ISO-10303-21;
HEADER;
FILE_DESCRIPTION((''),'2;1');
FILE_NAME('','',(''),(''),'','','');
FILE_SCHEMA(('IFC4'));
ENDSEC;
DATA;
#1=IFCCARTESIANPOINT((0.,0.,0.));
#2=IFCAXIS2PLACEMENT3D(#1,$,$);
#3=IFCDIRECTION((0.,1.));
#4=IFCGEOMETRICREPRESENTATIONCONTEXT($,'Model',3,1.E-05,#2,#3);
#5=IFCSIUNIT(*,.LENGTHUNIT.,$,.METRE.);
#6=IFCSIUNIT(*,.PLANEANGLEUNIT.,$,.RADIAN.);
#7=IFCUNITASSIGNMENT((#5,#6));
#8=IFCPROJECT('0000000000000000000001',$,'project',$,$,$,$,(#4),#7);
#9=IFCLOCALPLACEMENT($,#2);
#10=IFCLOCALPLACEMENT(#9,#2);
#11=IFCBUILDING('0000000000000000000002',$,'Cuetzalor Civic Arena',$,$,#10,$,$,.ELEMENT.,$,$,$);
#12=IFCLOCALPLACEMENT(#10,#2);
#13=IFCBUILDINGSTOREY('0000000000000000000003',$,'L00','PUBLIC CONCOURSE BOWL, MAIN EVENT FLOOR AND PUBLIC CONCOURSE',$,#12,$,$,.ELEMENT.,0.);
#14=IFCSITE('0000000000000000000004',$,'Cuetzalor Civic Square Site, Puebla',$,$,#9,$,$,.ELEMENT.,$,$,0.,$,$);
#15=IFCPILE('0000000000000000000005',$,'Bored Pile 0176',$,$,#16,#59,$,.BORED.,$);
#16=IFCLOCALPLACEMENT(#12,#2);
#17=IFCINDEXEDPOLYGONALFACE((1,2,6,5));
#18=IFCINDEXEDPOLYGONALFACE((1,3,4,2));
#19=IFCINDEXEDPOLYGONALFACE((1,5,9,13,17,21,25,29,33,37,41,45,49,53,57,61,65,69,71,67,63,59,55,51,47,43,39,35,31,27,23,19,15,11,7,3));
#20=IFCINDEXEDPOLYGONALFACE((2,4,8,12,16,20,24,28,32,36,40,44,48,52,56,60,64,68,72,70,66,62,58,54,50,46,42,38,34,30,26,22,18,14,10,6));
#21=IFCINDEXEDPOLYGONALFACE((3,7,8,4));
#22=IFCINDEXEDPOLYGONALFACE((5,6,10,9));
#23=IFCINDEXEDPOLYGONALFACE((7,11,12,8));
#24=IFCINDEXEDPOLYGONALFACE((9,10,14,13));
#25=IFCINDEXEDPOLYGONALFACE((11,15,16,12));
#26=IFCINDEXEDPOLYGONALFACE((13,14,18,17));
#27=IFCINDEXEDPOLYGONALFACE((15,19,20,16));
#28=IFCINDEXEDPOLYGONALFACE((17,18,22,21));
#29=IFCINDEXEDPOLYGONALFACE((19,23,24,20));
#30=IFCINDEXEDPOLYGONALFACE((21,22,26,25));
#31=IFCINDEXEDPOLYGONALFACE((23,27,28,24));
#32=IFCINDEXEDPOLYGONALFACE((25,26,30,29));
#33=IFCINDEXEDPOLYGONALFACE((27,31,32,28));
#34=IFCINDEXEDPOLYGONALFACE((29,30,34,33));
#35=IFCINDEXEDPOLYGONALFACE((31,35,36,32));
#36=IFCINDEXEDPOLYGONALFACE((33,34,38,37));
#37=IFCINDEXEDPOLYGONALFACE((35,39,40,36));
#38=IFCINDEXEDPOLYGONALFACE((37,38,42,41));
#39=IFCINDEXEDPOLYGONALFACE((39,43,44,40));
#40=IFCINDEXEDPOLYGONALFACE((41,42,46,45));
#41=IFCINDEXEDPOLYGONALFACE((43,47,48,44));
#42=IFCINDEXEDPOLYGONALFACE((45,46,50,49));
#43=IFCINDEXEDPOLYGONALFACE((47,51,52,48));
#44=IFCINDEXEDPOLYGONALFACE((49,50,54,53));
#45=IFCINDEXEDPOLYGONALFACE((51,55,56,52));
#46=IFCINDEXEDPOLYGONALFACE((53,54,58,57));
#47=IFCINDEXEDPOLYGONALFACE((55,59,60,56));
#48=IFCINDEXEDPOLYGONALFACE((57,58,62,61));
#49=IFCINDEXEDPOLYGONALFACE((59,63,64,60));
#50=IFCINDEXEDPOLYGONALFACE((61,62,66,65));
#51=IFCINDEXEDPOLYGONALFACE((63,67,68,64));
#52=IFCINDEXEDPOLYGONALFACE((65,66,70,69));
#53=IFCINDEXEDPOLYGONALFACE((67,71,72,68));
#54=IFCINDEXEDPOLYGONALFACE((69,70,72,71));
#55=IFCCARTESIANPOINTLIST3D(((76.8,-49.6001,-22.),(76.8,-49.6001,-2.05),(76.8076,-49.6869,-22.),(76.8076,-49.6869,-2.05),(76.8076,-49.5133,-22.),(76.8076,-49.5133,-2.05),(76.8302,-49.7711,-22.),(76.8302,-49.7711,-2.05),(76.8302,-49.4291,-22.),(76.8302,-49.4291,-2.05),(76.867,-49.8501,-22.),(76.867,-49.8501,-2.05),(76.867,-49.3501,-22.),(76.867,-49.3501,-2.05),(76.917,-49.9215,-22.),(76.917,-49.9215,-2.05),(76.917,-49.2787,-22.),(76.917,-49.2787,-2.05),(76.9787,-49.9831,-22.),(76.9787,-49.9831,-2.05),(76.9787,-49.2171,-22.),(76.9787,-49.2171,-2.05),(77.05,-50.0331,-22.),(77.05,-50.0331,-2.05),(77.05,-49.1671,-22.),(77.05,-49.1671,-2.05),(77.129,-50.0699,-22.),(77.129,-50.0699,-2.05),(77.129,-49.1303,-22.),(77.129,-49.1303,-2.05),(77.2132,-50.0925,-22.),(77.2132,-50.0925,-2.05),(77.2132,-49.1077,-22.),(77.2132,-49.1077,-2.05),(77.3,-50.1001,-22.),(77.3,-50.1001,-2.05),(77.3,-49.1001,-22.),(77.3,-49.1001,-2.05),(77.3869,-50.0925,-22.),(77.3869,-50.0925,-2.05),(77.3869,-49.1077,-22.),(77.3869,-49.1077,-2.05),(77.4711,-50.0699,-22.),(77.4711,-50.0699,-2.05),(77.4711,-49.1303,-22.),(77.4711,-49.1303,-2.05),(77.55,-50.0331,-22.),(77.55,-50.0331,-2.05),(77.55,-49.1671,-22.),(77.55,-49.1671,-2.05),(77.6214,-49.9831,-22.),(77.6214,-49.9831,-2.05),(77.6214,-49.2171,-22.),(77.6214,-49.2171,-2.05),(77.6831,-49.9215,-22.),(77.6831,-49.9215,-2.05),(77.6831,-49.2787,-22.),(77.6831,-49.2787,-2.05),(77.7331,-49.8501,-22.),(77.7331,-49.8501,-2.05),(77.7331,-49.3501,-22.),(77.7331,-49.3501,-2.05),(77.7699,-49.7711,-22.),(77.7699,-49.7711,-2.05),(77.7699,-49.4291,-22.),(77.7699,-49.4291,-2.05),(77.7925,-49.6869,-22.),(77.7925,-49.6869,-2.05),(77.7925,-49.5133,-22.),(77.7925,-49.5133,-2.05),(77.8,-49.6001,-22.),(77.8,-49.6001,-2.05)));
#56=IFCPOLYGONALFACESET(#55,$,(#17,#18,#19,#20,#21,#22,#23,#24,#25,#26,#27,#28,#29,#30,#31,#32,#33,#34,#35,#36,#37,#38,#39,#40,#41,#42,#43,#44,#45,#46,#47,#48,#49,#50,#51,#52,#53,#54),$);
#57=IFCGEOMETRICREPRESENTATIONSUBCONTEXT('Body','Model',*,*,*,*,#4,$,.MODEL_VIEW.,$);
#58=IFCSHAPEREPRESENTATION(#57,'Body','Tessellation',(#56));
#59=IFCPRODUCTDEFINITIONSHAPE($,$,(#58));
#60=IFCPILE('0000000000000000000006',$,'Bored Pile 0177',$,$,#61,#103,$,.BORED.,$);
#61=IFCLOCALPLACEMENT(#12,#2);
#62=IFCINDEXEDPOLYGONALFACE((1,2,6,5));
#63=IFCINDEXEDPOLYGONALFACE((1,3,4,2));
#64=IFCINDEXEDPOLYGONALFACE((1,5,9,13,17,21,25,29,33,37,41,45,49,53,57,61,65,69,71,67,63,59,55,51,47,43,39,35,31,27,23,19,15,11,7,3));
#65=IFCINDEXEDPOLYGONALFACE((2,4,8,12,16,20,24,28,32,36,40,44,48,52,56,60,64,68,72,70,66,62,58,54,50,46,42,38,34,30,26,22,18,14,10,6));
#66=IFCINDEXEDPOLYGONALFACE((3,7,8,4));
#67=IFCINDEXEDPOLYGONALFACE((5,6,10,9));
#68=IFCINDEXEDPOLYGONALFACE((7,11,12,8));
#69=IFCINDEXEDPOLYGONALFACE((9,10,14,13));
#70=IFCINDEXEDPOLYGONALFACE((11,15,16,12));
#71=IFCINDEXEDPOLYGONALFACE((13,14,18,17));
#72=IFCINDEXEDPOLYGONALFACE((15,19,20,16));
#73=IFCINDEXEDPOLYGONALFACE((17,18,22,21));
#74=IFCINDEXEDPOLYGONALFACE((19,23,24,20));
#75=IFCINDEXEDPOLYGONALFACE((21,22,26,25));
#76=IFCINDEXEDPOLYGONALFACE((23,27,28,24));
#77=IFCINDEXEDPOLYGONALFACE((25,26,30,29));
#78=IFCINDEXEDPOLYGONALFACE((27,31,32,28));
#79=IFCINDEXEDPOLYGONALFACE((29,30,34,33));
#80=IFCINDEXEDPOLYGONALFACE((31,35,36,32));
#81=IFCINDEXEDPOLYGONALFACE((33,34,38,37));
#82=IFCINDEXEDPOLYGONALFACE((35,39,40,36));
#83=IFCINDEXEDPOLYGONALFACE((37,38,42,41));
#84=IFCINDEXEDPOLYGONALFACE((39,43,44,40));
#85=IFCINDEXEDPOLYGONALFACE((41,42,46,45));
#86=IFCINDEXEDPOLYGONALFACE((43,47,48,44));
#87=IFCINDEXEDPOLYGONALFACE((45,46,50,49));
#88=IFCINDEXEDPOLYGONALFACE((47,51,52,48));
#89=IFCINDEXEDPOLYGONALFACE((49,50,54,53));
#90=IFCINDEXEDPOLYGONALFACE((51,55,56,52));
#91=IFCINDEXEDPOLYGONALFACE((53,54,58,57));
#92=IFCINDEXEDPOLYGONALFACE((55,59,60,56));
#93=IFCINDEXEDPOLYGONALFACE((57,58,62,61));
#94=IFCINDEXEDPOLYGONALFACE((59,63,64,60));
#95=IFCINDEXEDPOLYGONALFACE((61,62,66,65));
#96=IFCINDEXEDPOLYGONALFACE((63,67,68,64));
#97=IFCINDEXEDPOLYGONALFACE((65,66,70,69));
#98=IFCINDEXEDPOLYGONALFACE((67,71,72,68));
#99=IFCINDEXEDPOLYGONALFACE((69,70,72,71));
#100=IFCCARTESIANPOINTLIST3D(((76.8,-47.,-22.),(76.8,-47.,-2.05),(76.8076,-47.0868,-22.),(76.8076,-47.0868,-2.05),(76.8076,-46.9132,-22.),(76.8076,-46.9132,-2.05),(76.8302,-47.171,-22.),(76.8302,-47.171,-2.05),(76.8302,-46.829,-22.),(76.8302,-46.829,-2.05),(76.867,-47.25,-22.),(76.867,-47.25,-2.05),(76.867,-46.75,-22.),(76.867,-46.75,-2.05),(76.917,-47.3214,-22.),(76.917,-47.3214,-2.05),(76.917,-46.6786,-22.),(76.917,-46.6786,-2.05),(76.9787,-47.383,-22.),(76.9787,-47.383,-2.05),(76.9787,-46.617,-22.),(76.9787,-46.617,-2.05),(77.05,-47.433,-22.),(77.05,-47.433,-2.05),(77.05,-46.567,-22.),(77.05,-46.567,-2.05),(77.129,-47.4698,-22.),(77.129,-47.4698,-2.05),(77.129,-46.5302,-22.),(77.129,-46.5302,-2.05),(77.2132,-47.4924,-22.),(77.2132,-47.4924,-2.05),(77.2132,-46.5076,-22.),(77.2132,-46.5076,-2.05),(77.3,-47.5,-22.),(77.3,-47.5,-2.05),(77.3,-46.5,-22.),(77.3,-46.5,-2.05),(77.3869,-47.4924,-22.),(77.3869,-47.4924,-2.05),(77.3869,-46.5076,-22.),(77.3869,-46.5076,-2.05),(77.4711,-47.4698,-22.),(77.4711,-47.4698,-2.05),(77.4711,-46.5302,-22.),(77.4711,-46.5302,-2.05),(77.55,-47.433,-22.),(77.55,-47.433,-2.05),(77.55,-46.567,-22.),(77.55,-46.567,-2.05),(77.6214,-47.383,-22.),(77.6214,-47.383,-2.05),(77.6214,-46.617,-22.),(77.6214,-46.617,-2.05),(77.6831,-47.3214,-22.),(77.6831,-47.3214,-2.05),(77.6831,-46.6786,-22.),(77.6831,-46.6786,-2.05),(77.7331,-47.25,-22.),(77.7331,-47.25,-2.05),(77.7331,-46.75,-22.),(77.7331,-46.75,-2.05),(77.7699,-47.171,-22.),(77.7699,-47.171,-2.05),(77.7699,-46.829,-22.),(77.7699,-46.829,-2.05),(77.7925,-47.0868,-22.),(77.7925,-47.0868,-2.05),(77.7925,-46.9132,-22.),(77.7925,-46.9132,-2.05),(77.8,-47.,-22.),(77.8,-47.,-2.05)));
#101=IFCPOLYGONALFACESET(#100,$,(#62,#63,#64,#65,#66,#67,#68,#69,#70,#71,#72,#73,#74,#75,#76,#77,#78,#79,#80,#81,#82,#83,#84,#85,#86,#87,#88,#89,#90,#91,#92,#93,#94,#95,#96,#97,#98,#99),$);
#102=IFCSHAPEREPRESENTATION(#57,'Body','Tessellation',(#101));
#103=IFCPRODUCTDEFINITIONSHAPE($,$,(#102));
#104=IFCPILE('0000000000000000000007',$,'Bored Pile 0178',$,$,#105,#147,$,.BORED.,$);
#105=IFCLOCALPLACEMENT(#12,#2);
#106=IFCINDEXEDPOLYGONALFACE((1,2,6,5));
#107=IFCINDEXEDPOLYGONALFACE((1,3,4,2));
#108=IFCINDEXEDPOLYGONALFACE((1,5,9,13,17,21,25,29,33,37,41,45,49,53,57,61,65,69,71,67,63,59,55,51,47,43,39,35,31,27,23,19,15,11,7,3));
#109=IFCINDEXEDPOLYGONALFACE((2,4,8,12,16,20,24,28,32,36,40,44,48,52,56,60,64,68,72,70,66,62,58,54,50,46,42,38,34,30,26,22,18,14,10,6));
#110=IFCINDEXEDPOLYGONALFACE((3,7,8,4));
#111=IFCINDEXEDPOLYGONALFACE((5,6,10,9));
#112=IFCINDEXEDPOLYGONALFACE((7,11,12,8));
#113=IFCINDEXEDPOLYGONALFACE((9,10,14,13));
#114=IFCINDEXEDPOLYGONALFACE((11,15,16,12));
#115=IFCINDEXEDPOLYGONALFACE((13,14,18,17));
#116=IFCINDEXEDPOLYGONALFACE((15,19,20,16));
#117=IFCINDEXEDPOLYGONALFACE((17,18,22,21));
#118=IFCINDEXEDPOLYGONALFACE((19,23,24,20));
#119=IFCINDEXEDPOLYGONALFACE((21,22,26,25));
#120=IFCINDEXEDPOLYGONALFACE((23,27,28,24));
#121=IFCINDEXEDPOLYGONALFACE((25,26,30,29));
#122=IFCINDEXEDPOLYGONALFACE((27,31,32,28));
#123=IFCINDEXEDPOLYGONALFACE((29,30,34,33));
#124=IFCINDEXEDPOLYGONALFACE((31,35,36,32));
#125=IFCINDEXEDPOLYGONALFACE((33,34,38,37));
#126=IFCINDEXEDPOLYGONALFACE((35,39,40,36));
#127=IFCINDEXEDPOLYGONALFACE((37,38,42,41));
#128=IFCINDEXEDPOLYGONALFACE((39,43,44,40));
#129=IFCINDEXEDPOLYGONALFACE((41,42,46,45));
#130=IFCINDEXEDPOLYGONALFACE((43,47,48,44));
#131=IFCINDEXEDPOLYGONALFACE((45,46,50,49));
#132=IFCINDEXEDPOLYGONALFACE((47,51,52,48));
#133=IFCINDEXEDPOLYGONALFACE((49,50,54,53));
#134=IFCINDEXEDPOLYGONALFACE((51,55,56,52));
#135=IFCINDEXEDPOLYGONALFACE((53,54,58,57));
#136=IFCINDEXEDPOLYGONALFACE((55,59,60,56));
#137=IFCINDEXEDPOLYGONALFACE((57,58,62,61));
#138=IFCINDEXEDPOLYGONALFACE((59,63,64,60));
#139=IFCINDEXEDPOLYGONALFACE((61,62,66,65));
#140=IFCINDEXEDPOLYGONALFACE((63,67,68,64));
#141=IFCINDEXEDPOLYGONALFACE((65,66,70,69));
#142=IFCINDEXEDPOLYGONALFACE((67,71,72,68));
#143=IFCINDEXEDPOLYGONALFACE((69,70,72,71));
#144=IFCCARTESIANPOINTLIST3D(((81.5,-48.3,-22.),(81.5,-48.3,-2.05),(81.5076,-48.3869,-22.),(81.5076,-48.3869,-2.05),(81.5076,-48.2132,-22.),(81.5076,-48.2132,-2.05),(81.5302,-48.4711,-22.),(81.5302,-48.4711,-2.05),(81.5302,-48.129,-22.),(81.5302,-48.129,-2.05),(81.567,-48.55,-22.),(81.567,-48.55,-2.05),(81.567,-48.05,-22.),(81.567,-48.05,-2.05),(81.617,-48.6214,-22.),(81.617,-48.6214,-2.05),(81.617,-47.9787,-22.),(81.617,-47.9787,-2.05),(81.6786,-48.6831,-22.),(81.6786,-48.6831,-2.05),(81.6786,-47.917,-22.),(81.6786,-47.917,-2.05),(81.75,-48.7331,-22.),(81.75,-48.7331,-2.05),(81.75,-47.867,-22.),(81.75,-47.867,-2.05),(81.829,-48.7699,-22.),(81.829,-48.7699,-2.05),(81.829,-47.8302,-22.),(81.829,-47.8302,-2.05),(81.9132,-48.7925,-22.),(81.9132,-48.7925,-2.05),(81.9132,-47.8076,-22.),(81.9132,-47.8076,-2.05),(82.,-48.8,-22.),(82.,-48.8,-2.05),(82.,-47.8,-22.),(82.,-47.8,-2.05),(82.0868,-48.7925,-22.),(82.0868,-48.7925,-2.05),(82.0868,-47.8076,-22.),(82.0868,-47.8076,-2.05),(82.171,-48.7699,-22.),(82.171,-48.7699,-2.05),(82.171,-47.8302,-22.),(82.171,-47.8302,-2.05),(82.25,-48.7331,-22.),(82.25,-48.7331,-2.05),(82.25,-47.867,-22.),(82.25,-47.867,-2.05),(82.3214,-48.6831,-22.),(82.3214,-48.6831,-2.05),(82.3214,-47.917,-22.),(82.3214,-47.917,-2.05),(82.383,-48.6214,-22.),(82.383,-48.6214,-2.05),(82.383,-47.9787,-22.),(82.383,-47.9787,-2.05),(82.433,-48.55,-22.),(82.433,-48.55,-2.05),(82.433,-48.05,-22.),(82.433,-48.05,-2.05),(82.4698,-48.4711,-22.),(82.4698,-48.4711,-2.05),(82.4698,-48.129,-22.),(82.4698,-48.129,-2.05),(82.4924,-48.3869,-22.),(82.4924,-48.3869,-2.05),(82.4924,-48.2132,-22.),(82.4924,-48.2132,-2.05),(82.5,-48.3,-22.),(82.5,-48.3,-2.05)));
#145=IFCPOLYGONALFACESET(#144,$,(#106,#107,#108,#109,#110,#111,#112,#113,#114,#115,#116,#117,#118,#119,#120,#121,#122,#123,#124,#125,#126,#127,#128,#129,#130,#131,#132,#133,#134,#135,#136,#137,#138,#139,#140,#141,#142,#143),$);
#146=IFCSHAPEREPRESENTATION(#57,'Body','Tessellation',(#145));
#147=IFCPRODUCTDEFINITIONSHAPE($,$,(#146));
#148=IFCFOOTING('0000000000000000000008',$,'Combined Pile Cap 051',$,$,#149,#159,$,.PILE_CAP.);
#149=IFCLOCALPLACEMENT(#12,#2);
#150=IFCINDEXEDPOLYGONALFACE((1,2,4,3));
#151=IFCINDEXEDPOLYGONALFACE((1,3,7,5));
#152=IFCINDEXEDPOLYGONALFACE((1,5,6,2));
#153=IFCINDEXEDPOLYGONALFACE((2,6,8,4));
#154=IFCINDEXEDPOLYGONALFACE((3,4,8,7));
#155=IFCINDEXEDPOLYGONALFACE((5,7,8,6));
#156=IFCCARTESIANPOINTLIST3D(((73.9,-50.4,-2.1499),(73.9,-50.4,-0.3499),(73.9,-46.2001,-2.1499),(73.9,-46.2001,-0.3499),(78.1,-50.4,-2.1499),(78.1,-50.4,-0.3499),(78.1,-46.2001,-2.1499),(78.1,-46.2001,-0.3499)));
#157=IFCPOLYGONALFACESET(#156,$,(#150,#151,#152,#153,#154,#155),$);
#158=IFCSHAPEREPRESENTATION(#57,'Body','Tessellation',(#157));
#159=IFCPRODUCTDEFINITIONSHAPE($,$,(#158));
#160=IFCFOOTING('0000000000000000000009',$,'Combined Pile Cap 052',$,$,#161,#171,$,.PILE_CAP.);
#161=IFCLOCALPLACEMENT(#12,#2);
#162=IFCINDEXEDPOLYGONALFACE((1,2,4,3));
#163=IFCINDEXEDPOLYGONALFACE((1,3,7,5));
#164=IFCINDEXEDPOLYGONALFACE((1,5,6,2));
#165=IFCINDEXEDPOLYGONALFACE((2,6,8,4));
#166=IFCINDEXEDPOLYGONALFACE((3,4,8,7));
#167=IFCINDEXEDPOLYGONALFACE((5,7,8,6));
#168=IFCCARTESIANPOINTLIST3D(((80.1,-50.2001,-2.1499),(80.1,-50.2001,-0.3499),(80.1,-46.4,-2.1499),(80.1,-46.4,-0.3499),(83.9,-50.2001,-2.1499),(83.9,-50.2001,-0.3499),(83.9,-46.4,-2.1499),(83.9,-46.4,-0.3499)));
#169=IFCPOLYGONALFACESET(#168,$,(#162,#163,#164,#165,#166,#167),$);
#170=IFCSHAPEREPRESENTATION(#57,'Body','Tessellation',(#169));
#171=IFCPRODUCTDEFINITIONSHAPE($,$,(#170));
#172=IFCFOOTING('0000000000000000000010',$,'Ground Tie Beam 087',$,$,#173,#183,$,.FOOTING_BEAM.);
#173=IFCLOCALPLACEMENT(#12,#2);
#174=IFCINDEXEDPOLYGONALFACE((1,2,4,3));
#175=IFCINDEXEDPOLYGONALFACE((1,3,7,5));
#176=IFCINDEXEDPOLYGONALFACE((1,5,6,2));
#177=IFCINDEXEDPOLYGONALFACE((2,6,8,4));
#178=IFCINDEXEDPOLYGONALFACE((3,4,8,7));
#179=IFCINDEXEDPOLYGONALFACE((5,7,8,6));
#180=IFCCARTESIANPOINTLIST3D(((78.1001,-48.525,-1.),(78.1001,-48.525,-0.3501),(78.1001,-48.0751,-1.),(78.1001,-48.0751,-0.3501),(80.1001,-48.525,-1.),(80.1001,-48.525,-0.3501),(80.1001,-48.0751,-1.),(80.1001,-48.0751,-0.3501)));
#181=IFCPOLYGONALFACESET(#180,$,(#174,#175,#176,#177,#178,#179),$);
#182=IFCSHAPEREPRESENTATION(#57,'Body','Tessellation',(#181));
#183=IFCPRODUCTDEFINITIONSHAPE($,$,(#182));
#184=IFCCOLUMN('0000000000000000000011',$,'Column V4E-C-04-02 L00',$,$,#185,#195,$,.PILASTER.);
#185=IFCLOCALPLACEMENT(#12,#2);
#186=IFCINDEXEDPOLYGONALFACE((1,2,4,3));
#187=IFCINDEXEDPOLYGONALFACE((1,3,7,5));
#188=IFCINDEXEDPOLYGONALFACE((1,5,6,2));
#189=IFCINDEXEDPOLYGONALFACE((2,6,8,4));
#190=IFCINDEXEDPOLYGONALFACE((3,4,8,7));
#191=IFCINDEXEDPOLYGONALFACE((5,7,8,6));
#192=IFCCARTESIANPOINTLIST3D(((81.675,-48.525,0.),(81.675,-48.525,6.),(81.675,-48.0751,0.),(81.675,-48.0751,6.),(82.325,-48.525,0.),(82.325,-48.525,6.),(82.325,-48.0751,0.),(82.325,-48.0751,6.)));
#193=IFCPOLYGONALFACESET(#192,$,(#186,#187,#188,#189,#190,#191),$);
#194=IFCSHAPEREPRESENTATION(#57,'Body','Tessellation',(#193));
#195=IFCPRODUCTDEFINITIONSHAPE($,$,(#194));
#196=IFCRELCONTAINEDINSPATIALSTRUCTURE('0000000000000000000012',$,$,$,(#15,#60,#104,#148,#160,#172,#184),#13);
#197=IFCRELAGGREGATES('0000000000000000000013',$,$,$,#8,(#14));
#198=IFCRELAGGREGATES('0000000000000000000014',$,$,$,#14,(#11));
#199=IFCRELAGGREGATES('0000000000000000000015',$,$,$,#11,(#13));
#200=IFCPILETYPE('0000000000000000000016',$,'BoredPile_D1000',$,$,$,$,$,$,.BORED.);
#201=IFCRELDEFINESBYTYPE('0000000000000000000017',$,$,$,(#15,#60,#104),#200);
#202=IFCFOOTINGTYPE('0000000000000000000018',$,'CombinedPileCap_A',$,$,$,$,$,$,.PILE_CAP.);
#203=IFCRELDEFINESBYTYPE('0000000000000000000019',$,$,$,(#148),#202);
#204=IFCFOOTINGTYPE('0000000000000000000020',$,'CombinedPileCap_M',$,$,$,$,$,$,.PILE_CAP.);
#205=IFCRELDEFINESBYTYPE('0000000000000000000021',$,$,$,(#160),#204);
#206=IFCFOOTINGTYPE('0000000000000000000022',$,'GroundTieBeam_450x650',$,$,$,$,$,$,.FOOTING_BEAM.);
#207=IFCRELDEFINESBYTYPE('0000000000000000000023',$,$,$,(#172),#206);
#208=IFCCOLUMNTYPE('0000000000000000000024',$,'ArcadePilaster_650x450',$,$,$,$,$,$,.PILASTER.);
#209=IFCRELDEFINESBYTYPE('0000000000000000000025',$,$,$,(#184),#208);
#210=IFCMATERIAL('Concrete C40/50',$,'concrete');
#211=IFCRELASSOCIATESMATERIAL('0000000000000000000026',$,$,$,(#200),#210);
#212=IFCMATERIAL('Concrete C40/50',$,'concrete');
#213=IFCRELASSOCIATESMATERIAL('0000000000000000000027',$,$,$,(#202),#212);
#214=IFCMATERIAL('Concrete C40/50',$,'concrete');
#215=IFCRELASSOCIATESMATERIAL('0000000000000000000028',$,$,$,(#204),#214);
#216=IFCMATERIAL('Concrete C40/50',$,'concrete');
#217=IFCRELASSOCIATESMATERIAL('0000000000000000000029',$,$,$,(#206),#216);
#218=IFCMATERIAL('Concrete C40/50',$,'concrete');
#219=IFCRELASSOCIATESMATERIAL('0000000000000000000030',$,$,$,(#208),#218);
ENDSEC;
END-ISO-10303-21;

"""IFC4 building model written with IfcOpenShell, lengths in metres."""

from ifc_helpers import new_model, si_unit, direction, frame, origin, origin_2d, place, context, subcontext, project, spatial, rectangle, circle, extrude, material, material_profile, profile_set, type_object, element, save


model = new_model("IFC4")

# Units and contexts
model_context = context("Model", 3, precision=1e-05, world=origin(), true_north=direction((0.0, 1.0)))
body_context = subcontext(model_context, "Body", "Model", "MODEL_VIEW")
ifc_project = project(units=[si_unit("LENGTHUNIT", "METRE"), si_unit("PLANEANGLEUNIT", "RADIAN")], contexts=[model_context])

# Site, building, storey
site_placement = place(None, origin())
site = spatial("IfcSite", under=ifc_project, at=site_placement, Name="Cuetzalor Civic Square Site, Puebla", CompositionType="ELEMENT", RefElevation=0.0)
building_placement = place(site_placement, origin())
building = spatial("IfcBuilding", under=site, at=building_placement, Name="Cuetzalor Civic Arena", CompositionType="ELEMENT")
storey_placement = place(building_placement, origin())
storey = spatial("IfcBuildingStorey", under=building, at=storey_placement, Name="L00", Description="PUBLIC CONCOURSE BOWL, MAIN EVENT FLOOR AND PUBLIC CONCOURSE", CompositionType="ELEMENT", Elevation=0.0)

# Piles
ifc_material_1 = material(Name="Concrete C40/50", Category="concrete")
ifc_material_profile_1 = material_profile(ifc_material_1, circle(Radius=0.5, at=origin_2d()), Name="BORED PILE D1000")
ifc_profile_set_1 = profile_set([ifc_material_profile_1], Name="Concrete C40/50")
pile_type = type_object("IfcPileType", Name="BoredPile_D1000", PredefinedType="BORED", material=ifc_profile_set_1)
for number, where, z_axis, x_axis, name in (
    (1, (77.3, -49.6001, -2.05), (0.0, 0.0, -1.0), (1.0, 0.0, 0.0), "Bored Pile 0176"),
    (2, (77.3, -47.0, -2.05), (0.0, 0.0, -1.0), (1.0, 0.0, 0.0), "Bored Pile 0177"),
    (3, (82.0, -48.3, -2.05), (0.0, 0.0, -1.0), (1.0, 0.0, 0.0), "Bored Pile 0178"),
):
    element("IfcPile", number, at=place(storey_placement, frame(where, z_axis=z_axis, x_axis=x_axis)), inside=storey, type_object=pile_type, Name=name, PredefinedType="BORED", context=body_context, shape_type="SweptSolid", body=[
        extrude(circle(Radius=0.5, at=origin_2d()), origin(), (0.0, 0.0, 1.0), 19.95),
    ])

# Footings
ifc_material_2 = material(Name="Concrete C40/50", Category="concrete")
footing_type_1 = type_object("IfcFootingType", Name="CombinedPileCap_A", PredefinedType="PILE_CAP", material=ifc_material_2)
footing_1_placement = place(storey_placement, frame((76.0, -48.3, -2.1499), z_axis=(0.0, 0.0, 1.0), x_axis=(1.0, 0.0, 0.0)))
element("IfcFooting", 4, at=footing_1_placement, inside=storey, type_object=footing_type_1, Name="Combined Pile Cap 051", PredefinedType="PILE_CAP", context=body_context, shape_type="SweptSolid", body=[
    extrude(rectangle(XDim=4.2, YDim=4.2, at=origin_2d()), origin(), (0.0, 0.0, 1.0), 1.8),
])
ifc_material_3 = material(Name="Concrete C40/50", Category="concrete")
footing_type_2 = type_object("IfcFootingType", Name="CombinedPileCap_M", PredefinedType="PILE_CAP", material=ifc_material_3)
footing_2_placement = place(storey_placement, frame((82.0, -48.3, -2.1499), z_axis=(0.0, 0.0, 1.0), x_axis=(1.0, 0.0, 0.0)))
element("IfcFooting", 5, at=footing_2_placement, inside=storey, type_object=footing_type_2, Name="Combined Pile Cap 052", PredefinedType="PILE_CAP", context=body_context, shape_type="SweptSolid", body=[
    extrude(rectangle(XDim=3.8, YDim=3.8, at=origin_2d()), origin(), (0.0, 0.0, 1.0), 1.8),
])
ifc_material_4 = material(Name="Concrete C40/50", Category="concrete")
ifc_material_profile_2 = material_profile(ifc_material_4, rectangle(XDim=0.45, YDim=0.6499, at=origin_2d()), Name="RC 450x650")
ifc_profile_set_2 = profile_set([ifc_material_profile_2], Name="Concrete C40/50")
footing_type_3 = type_object("IfcFootingType", Name="GroundTieBeam_450x650", PredefinedType="FOOTING_BEAM", material=ifc_profile_set_2)
footing_3_placement = place(storey_placement, frame((78.1001, -48.3, -0.675), z_axis=(1.0, 0.0, 0.0), x_axis=(0.0, 1.0, 0.0)))
element("IfcFooting", 6, at=footing_3_placement, inside=storey, type_object=footing_type_3, Name="Ground Tie Beam 087", PredefinedType="FOOTING_BEAM", context=body_context, shape_type="SweptSolid", body=[
    extrude(rectangle(XDim=0.45, YDim=0.6499, at=origin_2d()), origin(), (0.0, 0.0, 1.0), 2.0),
])

# Column
ifc_material_5 = material(Name="Concrete C40/50", Category="concrete")
ifc_material_profile_3 = material_profile(ifc_material_5, rectangle(XDim=0.6499, YDim=0.45, at=origin_2d()), Name="RC 650x450")
ifc_profile_set_3 = profile_set([ifc_material_profile_3], Name="Concrete C40/50")
column_type_1 = type_object("IfcColumnType", Name="ArcadePilaster_650x450", PredefinedType="PILASTER", material=ifc_profile_set_3)
column_1_placement = place(storey_placement, frame((82.0, -48.3, 0.0), z_axis=(0.0, 0.0, 1.0), x_axis=(1.0, 0.0, 0.0)))
element("IfcColumn", 7, at=column_1_placement, inside=storey, type_object=column_type_1, Name="Column V4E-C-04-02 L00", PredefinedType="PILASTER", context=body_context, shape_type="SweptSolid", body=[
    extrude(rectangle(XDim=0.6499, YDim=0.45, at=origin_2d()), origin(), (0.0, 0.0, 1.0), 6.0),
])

save(model, "model.ifc")
